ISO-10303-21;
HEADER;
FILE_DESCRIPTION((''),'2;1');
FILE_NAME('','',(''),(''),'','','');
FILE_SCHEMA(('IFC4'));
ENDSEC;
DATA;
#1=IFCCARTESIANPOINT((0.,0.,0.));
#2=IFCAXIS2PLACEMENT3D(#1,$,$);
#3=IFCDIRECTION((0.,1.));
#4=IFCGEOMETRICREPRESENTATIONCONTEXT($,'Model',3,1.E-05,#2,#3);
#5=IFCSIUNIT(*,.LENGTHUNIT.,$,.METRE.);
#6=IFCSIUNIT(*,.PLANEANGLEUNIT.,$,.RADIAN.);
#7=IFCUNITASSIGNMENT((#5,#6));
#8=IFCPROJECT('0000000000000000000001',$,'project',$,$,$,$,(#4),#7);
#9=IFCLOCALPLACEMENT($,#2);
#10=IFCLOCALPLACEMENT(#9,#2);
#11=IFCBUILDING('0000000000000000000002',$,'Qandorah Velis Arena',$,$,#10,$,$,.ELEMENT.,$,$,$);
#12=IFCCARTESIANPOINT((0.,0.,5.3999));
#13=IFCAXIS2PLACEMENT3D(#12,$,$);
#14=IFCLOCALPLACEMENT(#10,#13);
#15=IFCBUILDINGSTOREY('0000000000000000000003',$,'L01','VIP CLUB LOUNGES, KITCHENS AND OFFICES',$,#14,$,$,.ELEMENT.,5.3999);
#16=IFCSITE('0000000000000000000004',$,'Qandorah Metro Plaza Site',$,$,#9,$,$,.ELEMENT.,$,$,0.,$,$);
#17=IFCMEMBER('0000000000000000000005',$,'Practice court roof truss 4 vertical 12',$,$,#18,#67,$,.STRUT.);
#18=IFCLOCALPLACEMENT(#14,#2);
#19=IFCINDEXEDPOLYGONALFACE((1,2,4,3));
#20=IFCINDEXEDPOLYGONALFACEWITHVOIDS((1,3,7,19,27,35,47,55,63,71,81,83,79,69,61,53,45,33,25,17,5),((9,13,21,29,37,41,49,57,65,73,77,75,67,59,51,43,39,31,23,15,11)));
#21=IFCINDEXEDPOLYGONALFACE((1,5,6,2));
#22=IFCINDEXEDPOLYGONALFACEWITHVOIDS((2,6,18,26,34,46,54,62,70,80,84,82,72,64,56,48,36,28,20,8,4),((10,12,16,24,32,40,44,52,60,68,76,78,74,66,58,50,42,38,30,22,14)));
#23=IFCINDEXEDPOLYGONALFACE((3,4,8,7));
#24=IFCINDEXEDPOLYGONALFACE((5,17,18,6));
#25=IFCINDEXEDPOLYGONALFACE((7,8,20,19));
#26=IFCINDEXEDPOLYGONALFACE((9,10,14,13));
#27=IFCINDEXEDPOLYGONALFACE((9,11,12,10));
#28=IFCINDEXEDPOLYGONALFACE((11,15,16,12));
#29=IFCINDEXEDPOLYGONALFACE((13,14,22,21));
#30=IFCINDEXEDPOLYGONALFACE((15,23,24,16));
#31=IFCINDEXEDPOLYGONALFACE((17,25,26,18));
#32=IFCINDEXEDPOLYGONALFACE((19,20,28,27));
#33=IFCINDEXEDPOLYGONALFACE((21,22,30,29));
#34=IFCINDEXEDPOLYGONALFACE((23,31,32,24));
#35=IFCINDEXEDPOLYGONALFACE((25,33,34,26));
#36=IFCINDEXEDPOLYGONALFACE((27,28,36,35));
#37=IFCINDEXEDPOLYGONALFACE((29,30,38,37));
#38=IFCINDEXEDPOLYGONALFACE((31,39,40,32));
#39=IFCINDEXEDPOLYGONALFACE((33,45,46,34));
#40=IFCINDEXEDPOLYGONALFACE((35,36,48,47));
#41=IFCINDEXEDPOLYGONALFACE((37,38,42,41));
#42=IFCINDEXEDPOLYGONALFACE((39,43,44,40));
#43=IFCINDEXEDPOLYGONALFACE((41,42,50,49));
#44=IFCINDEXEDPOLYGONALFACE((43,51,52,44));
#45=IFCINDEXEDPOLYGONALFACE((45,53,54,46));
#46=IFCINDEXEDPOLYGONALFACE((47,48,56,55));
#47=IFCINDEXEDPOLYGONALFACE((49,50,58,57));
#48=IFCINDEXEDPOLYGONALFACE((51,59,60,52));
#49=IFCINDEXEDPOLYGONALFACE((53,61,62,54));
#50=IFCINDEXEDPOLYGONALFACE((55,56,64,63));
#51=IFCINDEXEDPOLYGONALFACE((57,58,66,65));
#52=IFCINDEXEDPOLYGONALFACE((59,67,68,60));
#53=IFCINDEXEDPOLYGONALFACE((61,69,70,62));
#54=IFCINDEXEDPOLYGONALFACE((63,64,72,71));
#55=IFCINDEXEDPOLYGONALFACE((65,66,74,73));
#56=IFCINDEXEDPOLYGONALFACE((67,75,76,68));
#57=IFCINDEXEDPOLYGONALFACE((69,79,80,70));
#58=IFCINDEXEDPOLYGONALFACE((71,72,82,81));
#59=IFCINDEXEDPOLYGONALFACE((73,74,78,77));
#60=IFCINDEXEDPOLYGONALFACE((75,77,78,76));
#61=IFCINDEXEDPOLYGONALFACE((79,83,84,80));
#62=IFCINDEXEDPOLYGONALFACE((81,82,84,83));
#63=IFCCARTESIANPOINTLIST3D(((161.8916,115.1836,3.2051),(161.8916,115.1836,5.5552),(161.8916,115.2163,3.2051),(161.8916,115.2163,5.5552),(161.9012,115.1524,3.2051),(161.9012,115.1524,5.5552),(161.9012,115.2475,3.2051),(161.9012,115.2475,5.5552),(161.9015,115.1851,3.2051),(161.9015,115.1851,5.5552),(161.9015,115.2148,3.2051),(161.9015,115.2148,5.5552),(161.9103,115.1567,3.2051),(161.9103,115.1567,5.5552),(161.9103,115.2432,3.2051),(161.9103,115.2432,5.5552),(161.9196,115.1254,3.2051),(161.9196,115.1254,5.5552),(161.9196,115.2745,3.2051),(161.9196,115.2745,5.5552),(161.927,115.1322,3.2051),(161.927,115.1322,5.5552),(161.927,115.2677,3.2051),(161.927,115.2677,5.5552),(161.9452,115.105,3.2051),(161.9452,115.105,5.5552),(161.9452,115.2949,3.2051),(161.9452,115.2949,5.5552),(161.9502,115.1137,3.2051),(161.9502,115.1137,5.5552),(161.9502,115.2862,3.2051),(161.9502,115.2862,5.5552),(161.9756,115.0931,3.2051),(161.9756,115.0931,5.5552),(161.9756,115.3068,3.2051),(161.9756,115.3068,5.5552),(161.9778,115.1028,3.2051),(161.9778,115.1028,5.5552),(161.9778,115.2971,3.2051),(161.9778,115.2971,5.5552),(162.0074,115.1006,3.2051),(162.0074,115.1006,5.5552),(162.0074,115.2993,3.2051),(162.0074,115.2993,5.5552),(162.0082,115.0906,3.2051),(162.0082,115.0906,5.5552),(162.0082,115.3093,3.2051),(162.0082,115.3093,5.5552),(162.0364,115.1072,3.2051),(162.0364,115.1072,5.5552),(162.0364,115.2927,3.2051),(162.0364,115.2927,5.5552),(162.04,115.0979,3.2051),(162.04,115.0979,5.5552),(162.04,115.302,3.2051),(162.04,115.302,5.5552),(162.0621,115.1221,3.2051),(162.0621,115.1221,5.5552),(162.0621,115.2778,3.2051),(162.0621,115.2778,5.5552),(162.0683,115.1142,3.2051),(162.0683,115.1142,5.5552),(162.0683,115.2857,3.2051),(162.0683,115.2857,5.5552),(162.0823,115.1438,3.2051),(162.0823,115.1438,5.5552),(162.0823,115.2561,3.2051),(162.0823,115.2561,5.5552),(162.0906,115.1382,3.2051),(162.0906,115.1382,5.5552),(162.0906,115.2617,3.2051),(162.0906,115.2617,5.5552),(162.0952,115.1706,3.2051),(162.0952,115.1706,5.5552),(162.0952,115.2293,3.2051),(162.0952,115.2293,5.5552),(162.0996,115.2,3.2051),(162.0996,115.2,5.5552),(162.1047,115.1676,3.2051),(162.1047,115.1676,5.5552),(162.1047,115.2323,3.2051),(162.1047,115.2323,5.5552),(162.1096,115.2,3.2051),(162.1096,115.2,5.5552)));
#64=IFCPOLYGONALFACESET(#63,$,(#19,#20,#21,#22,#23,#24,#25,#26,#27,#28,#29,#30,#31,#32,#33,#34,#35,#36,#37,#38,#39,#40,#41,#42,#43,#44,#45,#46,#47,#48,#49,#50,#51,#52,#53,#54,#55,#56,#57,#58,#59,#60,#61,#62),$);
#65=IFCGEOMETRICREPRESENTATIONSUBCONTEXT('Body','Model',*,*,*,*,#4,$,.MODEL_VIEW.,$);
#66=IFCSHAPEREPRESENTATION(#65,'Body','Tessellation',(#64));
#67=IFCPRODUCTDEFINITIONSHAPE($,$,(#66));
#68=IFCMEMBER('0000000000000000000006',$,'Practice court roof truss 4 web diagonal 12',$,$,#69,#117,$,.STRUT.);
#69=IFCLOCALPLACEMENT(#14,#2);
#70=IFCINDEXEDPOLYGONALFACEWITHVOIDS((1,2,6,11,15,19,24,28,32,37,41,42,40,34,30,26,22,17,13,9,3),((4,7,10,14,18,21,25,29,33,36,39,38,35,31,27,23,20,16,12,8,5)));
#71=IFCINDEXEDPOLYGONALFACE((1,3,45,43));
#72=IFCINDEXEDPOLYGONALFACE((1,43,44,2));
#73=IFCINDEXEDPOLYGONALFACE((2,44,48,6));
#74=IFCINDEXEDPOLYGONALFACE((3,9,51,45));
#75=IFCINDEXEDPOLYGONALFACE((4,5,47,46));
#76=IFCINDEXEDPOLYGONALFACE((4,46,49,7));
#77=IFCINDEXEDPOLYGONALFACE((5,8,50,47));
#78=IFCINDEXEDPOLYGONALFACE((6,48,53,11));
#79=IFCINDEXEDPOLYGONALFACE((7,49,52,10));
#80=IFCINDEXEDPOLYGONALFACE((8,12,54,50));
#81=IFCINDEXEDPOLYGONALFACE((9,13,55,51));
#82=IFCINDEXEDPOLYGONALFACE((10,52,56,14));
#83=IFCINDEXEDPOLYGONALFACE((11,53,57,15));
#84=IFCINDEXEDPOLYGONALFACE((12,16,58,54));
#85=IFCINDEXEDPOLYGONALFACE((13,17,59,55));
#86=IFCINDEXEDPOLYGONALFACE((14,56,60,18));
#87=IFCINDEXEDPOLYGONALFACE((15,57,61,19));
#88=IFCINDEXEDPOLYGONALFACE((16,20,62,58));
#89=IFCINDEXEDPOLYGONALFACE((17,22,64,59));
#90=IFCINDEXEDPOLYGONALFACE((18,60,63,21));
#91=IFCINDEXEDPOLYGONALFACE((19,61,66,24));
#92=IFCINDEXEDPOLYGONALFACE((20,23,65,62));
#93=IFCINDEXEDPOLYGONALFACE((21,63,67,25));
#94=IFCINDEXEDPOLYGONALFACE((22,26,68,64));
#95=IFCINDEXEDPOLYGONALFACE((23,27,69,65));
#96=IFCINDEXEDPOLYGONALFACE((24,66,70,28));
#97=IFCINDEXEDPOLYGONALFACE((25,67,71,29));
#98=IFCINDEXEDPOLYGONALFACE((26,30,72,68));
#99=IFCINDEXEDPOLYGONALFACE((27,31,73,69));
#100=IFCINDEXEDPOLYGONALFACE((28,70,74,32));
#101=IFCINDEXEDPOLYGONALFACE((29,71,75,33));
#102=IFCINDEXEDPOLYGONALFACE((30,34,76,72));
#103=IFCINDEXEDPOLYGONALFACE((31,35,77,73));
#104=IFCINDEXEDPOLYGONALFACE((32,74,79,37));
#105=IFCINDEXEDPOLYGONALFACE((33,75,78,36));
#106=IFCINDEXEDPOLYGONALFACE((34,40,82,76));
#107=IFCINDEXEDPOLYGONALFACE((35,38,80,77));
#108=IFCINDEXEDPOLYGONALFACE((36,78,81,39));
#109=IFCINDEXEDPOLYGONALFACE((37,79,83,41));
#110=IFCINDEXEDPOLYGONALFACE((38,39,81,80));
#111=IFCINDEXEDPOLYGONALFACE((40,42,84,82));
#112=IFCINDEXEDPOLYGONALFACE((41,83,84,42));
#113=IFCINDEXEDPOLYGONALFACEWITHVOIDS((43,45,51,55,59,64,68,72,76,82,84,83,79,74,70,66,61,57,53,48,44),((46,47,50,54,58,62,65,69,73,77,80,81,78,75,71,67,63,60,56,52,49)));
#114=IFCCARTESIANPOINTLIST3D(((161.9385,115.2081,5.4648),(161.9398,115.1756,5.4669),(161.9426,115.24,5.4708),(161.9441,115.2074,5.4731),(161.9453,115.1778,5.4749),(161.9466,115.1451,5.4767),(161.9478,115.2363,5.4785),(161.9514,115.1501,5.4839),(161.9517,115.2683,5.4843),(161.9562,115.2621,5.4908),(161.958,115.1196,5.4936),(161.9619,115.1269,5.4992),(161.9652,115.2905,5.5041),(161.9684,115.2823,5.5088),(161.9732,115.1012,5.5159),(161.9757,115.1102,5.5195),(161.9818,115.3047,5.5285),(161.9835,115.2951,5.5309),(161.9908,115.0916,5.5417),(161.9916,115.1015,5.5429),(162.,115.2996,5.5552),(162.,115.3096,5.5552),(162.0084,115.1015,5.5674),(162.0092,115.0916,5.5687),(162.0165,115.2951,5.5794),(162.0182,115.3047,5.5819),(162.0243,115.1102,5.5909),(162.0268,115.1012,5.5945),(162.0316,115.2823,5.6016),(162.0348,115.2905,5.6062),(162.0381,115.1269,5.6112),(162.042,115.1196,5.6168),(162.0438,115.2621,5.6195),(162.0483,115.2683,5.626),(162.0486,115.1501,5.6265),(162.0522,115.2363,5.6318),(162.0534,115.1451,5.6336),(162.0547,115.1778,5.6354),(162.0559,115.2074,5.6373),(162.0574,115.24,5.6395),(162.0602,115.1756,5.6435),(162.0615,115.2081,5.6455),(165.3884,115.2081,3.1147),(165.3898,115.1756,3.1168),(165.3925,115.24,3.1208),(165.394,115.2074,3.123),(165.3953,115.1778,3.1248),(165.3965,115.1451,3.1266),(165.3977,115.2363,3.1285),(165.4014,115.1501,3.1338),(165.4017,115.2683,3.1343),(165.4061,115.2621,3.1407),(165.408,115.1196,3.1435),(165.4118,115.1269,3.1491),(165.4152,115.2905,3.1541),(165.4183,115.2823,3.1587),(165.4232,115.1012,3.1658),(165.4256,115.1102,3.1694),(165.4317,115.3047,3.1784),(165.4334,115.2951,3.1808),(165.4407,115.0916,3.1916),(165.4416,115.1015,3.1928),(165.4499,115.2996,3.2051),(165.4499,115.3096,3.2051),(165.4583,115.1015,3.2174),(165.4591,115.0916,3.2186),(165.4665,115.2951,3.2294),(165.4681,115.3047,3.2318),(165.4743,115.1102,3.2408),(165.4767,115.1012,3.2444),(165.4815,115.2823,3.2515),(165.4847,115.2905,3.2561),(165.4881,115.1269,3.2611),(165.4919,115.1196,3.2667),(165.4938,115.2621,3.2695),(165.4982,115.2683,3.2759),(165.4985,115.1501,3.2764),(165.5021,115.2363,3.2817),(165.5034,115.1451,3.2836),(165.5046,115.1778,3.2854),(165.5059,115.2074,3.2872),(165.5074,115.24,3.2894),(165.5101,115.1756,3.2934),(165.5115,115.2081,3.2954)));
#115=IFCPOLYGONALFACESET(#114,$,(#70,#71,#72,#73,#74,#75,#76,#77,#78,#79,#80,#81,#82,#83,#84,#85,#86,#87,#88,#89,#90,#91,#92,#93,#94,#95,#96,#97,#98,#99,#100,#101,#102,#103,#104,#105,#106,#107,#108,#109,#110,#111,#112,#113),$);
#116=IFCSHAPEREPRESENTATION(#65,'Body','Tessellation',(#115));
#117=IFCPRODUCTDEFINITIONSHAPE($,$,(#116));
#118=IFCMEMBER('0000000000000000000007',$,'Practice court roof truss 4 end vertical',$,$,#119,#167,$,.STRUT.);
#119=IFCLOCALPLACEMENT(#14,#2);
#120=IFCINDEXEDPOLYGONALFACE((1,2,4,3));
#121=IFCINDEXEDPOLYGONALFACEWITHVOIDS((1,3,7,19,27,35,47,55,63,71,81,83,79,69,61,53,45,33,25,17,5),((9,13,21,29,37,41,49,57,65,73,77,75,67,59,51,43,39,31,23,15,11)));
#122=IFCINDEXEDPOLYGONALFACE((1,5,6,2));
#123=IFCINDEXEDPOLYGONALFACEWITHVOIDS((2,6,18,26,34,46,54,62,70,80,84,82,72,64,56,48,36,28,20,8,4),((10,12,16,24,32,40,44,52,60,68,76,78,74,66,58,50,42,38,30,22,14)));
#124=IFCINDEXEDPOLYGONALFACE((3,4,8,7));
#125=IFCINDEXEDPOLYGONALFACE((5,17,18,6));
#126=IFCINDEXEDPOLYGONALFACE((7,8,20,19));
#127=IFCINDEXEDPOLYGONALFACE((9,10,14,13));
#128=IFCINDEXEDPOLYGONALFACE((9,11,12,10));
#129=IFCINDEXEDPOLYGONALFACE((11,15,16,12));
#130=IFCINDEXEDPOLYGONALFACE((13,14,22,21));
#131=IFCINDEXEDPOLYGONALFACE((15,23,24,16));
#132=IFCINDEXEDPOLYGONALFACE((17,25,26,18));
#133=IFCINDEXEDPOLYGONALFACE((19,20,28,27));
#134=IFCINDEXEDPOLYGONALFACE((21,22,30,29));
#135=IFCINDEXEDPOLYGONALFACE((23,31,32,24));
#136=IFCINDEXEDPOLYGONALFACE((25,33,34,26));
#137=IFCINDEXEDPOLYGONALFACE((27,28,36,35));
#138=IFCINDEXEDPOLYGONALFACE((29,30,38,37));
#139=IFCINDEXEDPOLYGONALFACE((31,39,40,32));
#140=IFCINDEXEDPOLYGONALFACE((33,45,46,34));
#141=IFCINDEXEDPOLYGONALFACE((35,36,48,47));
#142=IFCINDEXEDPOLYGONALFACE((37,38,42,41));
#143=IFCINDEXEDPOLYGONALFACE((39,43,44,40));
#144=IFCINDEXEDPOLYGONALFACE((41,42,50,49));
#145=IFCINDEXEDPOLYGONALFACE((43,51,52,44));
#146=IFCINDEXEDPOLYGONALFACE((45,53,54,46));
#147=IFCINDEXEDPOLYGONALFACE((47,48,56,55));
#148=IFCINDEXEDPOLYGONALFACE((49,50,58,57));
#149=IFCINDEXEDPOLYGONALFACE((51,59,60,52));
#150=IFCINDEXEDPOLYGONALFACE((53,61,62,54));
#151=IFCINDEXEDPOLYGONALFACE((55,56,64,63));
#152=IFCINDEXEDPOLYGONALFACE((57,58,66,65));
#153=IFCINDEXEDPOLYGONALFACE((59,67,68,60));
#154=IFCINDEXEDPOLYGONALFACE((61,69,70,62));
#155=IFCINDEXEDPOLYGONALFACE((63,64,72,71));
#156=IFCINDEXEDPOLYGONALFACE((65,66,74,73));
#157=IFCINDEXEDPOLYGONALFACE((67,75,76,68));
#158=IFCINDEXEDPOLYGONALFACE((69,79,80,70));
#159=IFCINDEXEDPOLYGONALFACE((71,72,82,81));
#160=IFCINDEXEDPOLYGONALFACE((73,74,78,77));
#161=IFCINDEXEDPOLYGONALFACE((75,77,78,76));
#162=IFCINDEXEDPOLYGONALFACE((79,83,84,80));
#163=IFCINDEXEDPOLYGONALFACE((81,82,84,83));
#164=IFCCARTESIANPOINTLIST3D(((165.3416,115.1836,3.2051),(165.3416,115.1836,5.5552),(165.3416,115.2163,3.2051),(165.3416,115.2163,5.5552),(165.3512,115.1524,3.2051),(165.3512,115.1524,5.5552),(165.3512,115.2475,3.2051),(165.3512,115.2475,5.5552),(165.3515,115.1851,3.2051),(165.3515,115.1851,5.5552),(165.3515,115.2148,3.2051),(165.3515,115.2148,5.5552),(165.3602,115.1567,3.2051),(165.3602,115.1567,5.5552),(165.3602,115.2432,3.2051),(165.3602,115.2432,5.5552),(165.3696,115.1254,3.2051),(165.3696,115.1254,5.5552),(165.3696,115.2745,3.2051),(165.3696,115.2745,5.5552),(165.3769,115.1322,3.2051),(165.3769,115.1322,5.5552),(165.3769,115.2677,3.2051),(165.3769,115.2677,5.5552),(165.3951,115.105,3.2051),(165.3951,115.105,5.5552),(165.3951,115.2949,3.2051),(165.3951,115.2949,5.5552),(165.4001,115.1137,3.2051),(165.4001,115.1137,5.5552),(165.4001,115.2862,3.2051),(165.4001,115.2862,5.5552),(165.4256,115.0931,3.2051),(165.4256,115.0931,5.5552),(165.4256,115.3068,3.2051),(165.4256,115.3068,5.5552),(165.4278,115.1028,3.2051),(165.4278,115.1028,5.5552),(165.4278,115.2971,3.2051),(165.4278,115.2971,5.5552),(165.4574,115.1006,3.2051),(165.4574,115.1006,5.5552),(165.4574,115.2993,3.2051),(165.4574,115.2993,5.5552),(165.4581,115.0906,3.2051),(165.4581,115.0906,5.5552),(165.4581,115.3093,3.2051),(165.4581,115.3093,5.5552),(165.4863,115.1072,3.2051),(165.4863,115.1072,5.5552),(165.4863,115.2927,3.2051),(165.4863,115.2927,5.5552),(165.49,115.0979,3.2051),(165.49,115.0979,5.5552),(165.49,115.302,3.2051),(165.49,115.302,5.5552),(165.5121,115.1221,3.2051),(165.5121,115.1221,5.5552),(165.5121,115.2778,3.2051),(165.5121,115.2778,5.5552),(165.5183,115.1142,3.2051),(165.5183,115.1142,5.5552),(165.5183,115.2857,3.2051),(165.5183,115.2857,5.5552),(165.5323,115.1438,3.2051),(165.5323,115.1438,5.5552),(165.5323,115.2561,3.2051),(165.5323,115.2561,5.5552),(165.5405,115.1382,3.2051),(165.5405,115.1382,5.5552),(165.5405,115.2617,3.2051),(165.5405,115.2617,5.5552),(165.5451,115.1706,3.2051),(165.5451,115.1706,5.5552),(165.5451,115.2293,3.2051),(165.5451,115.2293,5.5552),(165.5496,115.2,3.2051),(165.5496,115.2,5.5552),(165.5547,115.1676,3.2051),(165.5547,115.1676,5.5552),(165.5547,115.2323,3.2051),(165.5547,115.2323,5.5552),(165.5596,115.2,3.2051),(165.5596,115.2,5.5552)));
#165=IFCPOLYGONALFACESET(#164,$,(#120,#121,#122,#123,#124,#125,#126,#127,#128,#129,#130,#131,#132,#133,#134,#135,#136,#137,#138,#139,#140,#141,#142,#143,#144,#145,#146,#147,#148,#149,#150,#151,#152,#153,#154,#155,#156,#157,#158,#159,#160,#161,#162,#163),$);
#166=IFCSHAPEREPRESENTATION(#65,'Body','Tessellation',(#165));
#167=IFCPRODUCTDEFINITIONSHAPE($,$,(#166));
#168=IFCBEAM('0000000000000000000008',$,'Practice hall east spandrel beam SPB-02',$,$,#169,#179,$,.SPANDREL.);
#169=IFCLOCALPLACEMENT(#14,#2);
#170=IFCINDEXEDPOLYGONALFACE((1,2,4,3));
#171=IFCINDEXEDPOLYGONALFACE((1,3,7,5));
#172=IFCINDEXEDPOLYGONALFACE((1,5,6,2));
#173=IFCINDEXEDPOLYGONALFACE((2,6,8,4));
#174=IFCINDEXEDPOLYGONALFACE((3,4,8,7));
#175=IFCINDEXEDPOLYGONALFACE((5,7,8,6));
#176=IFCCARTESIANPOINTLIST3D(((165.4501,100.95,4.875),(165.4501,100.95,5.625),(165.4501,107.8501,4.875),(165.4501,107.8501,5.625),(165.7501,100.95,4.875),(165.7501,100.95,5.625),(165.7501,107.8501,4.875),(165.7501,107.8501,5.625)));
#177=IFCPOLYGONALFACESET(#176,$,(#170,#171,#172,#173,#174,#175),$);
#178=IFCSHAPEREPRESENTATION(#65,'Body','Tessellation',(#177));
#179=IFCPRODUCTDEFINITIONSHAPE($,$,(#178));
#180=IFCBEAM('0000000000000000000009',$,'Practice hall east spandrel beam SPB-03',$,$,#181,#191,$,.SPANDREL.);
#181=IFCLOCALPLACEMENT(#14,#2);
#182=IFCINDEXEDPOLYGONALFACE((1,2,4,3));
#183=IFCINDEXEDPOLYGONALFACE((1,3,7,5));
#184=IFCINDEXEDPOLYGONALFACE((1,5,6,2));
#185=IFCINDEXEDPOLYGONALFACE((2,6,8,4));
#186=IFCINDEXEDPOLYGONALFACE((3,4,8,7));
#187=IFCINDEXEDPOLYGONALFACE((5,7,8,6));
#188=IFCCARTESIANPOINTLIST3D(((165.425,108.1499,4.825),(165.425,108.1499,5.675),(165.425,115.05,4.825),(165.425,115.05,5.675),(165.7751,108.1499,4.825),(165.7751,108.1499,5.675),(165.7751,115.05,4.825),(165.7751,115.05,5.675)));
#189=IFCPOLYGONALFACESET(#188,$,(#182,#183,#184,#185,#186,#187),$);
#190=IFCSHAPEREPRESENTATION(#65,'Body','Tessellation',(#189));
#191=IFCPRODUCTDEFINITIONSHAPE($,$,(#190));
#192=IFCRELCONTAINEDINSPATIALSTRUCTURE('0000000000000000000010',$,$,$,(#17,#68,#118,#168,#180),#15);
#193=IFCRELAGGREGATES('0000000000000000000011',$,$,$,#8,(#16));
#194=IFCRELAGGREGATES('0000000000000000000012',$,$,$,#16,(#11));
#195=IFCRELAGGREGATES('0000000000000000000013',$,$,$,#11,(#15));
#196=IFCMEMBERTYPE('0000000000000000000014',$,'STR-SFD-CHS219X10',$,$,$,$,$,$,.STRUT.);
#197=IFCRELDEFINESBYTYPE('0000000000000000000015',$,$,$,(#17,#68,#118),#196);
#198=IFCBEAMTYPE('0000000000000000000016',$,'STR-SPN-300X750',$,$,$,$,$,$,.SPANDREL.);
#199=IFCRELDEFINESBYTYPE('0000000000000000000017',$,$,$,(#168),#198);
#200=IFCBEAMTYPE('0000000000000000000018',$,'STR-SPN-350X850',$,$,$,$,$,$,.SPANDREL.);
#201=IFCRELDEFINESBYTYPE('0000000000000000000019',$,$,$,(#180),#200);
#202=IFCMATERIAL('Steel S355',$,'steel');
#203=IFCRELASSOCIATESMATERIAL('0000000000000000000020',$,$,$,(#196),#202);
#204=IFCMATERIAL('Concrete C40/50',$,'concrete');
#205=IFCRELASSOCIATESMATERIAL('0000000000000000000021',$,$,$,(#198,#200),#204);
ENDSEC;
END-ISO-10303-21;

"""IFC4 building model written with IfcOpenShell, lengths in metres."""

from ifc_helpers import new_model, si_unit, direction, frame, origin, origin_2d, place, context, subcontext, project, spatial, rectangle, hollow_circle, extrude, material, material_profile, profile_set, type_object, element, save


model = new_model("IFC4")

# Units and contexts
model_context = context("Model", 3, precision=1e-05, world=origin(), true_north=direction((0.0, 1.0)))
body_context = subcontext(model_context, "Body", "Model", "MODEL_VIEW")
ifc_project = project(units=[si_unit("LENGTHUNIT", "METRE"), si_unit("PLANEANGLEUNIT", "RADIAN")], contexts=[model_context])

# Site, building, storey
site_placement = place(None, origin())
site = spatial("IfcSite", under=ifc_project, at=site_placement, Name="Qandorah Metro Plaza Site", CompositionType="ELEMENT", RefElevation=0.0)
building_placement = place(site_placement, origin())
building = spatial("IfcBuilding", under=site, at=building_placement, Name="Qandorah Velis Arena", CompositionType="ELEMENT")
storey_placement = place(building_placement, frame((0.0, 0.0, 5.3999)))
storey = spatial("IfcBuildingStorey", under=building, at=storey_placement, Name="L01", Description="VIP CLUB LOUNGES, KITCHENS AND OFFICES", CompositionType="ELEMENT", Elevation=5.3999)

# Shared definitions
ifc_material_1 = material(Name="Concrete C40/50", Category="concrete")

# Shared definitions
ifc_material_2 = material(Name="Steel S355", Category="steel")

# Members
ifc_material_profile_1 = material_profile(ifc_material_2, hollow_circle(Radius=0.1096, WallThickness=0.01, at=origin_2d()), Name="CHS 219.1x10")
ifc_profile_set_1 = profile_set([ifc_material_profile_1], Name="Steel S355")
member_type = type_object("IfcMemberType", Name="STR-SFD-CHS219X10", PredefinedType="STRUT", material=ifc_profile_set_1)
for number, where, z_axis, x_axis, name in (
    (1, (162.0, 115.2, 3.2051), (0.0, 0.0, 1.0), (1.0, 0.0, 0.0), "Practice court roof truss 4 vertical 12"),
):
    element("IfcMember", number, at=place(storey_placement, frame(where, z_axis=z_axis, x_axis=x_axis)), inside=storey, type_object=member_type, Name=name, PredefinedType="STRUT", context=body_context, shape_type="SweptSolid", body=[
        extrude(hollow_circle(Radius=0.1096, WallThickness=0.01, at=origin_2d()), origin(), (0.0, 0.0, 1.0), 2.3501),
    ])
member_1_placement = place(storey_placement, frame((162.0, 115.2, 5.5552), z_axis=(0.826466, 0.0, -0.562987), x_axis=(0.0, 1.0, 0.0)))
element("IfcMember", 2, at=member_1_placement, inside=storey, type_object=member_type, Name="Practice court roof truss 4 web diagonal 12", PredefinedType="STRUT", context=body_context, shape_type="SweptSolid", body=[
    extrude(hollow_circle(Radius=0.1096, WallThickness=0.01, at=origin_2d()), origin(), (0.0, 0.0, 1.0), 4.1743),
])
member_2_placement = place(storey_placement, frame((165.45, 115.2, 3.2051), z_axis=(0.0, 0.0, 1.0), x_axis=(1.0, 0.0, 0.0)))
element("IfcMember", 3, at=member_2_placement, inside=storey, type_object=member_type, Name="Practice court roof truss 4 end vertical", PredefinedType="STRUT", context=body_context, shape_type="SweptSolid", body=[
    extrude(hollow_circle(Radius=0.1096, WallThickness=0.01, at=origin_2d()), origin(), (0.0, 0.0, 1.0), 2.3501),
])

# Beams
ifc_material_profile_2 = material_profile(ifc_material_1, rectangle(XDim=0.3, YDim=0.75, at=origin_2d()), Name="RC SPANDREL 300x750")
ifc_profile_set_2 = profile_set([ifc_material_profile_2], Name="Concrete C40/50")
beam_type_1 = type_object("IfcBeamType", Name="STR-SPN-300X750", PredefinedType="SPANDREL", material=ifc_profile_set_2)
beam_1_placement = place(storey_placement, frame((165.6001, 100.95, 5.25), z_axis=(0.0, 1.0, 0.0), x_axis=(-1.0, 0.0, 0.0)))
element("IfcBeam", 4, at=beam_1_placement, inside=storey, type_object=beam_type_1, Name="Practice hall east spandrel beam SPB-02", PredefinedType="SPANDREL", context=body_context, shape_type="SweptSolid", body=[
    extrude(rectangle(XDim=0.3, YDim=0.75, at=origin_2d()), origin(), (0.0, 0.0, 1.0), 6.9001),
])
ifc_material_profile_3 = material_profile(ifc_material_1, rectangle(XDim=0.3501, YDim=0.8501, at=origin_2d()), Name="RC SPANDREL 350x850")
ifc_profile_set_3 = profile_set([ifc_material_profile_3], Name="Concrete C40/50")
beam_type_2 = type_object("IfcBeamType", Name="STR-SPN-350X850", PredefinedType="SPANDREL", material=ifc_profile_set_3)
beam_2_placement = place(storey_placement, frame((165.6001, 108.1499, 5.25), z_axis=(0.0, 1.0, 0.0), x_axis=(-1.0, 0.0, 0.0)))
element("IfcBeam", 5, at=beam_2_placement, inside=storey, type_object=beam_type_2, Name="Practice hall east spandrel beam SPB-03", PredefinedType="SPANDREL", context=body_context, shape_type="SweptSolid", body=[
    extrude(rectangle(XDim=0.3501, YDim=0.8501, at=origin_2d()), origin(), (0.0, 0.0, 1.0), 6.9001),
])

save(model, "model.ifc")
